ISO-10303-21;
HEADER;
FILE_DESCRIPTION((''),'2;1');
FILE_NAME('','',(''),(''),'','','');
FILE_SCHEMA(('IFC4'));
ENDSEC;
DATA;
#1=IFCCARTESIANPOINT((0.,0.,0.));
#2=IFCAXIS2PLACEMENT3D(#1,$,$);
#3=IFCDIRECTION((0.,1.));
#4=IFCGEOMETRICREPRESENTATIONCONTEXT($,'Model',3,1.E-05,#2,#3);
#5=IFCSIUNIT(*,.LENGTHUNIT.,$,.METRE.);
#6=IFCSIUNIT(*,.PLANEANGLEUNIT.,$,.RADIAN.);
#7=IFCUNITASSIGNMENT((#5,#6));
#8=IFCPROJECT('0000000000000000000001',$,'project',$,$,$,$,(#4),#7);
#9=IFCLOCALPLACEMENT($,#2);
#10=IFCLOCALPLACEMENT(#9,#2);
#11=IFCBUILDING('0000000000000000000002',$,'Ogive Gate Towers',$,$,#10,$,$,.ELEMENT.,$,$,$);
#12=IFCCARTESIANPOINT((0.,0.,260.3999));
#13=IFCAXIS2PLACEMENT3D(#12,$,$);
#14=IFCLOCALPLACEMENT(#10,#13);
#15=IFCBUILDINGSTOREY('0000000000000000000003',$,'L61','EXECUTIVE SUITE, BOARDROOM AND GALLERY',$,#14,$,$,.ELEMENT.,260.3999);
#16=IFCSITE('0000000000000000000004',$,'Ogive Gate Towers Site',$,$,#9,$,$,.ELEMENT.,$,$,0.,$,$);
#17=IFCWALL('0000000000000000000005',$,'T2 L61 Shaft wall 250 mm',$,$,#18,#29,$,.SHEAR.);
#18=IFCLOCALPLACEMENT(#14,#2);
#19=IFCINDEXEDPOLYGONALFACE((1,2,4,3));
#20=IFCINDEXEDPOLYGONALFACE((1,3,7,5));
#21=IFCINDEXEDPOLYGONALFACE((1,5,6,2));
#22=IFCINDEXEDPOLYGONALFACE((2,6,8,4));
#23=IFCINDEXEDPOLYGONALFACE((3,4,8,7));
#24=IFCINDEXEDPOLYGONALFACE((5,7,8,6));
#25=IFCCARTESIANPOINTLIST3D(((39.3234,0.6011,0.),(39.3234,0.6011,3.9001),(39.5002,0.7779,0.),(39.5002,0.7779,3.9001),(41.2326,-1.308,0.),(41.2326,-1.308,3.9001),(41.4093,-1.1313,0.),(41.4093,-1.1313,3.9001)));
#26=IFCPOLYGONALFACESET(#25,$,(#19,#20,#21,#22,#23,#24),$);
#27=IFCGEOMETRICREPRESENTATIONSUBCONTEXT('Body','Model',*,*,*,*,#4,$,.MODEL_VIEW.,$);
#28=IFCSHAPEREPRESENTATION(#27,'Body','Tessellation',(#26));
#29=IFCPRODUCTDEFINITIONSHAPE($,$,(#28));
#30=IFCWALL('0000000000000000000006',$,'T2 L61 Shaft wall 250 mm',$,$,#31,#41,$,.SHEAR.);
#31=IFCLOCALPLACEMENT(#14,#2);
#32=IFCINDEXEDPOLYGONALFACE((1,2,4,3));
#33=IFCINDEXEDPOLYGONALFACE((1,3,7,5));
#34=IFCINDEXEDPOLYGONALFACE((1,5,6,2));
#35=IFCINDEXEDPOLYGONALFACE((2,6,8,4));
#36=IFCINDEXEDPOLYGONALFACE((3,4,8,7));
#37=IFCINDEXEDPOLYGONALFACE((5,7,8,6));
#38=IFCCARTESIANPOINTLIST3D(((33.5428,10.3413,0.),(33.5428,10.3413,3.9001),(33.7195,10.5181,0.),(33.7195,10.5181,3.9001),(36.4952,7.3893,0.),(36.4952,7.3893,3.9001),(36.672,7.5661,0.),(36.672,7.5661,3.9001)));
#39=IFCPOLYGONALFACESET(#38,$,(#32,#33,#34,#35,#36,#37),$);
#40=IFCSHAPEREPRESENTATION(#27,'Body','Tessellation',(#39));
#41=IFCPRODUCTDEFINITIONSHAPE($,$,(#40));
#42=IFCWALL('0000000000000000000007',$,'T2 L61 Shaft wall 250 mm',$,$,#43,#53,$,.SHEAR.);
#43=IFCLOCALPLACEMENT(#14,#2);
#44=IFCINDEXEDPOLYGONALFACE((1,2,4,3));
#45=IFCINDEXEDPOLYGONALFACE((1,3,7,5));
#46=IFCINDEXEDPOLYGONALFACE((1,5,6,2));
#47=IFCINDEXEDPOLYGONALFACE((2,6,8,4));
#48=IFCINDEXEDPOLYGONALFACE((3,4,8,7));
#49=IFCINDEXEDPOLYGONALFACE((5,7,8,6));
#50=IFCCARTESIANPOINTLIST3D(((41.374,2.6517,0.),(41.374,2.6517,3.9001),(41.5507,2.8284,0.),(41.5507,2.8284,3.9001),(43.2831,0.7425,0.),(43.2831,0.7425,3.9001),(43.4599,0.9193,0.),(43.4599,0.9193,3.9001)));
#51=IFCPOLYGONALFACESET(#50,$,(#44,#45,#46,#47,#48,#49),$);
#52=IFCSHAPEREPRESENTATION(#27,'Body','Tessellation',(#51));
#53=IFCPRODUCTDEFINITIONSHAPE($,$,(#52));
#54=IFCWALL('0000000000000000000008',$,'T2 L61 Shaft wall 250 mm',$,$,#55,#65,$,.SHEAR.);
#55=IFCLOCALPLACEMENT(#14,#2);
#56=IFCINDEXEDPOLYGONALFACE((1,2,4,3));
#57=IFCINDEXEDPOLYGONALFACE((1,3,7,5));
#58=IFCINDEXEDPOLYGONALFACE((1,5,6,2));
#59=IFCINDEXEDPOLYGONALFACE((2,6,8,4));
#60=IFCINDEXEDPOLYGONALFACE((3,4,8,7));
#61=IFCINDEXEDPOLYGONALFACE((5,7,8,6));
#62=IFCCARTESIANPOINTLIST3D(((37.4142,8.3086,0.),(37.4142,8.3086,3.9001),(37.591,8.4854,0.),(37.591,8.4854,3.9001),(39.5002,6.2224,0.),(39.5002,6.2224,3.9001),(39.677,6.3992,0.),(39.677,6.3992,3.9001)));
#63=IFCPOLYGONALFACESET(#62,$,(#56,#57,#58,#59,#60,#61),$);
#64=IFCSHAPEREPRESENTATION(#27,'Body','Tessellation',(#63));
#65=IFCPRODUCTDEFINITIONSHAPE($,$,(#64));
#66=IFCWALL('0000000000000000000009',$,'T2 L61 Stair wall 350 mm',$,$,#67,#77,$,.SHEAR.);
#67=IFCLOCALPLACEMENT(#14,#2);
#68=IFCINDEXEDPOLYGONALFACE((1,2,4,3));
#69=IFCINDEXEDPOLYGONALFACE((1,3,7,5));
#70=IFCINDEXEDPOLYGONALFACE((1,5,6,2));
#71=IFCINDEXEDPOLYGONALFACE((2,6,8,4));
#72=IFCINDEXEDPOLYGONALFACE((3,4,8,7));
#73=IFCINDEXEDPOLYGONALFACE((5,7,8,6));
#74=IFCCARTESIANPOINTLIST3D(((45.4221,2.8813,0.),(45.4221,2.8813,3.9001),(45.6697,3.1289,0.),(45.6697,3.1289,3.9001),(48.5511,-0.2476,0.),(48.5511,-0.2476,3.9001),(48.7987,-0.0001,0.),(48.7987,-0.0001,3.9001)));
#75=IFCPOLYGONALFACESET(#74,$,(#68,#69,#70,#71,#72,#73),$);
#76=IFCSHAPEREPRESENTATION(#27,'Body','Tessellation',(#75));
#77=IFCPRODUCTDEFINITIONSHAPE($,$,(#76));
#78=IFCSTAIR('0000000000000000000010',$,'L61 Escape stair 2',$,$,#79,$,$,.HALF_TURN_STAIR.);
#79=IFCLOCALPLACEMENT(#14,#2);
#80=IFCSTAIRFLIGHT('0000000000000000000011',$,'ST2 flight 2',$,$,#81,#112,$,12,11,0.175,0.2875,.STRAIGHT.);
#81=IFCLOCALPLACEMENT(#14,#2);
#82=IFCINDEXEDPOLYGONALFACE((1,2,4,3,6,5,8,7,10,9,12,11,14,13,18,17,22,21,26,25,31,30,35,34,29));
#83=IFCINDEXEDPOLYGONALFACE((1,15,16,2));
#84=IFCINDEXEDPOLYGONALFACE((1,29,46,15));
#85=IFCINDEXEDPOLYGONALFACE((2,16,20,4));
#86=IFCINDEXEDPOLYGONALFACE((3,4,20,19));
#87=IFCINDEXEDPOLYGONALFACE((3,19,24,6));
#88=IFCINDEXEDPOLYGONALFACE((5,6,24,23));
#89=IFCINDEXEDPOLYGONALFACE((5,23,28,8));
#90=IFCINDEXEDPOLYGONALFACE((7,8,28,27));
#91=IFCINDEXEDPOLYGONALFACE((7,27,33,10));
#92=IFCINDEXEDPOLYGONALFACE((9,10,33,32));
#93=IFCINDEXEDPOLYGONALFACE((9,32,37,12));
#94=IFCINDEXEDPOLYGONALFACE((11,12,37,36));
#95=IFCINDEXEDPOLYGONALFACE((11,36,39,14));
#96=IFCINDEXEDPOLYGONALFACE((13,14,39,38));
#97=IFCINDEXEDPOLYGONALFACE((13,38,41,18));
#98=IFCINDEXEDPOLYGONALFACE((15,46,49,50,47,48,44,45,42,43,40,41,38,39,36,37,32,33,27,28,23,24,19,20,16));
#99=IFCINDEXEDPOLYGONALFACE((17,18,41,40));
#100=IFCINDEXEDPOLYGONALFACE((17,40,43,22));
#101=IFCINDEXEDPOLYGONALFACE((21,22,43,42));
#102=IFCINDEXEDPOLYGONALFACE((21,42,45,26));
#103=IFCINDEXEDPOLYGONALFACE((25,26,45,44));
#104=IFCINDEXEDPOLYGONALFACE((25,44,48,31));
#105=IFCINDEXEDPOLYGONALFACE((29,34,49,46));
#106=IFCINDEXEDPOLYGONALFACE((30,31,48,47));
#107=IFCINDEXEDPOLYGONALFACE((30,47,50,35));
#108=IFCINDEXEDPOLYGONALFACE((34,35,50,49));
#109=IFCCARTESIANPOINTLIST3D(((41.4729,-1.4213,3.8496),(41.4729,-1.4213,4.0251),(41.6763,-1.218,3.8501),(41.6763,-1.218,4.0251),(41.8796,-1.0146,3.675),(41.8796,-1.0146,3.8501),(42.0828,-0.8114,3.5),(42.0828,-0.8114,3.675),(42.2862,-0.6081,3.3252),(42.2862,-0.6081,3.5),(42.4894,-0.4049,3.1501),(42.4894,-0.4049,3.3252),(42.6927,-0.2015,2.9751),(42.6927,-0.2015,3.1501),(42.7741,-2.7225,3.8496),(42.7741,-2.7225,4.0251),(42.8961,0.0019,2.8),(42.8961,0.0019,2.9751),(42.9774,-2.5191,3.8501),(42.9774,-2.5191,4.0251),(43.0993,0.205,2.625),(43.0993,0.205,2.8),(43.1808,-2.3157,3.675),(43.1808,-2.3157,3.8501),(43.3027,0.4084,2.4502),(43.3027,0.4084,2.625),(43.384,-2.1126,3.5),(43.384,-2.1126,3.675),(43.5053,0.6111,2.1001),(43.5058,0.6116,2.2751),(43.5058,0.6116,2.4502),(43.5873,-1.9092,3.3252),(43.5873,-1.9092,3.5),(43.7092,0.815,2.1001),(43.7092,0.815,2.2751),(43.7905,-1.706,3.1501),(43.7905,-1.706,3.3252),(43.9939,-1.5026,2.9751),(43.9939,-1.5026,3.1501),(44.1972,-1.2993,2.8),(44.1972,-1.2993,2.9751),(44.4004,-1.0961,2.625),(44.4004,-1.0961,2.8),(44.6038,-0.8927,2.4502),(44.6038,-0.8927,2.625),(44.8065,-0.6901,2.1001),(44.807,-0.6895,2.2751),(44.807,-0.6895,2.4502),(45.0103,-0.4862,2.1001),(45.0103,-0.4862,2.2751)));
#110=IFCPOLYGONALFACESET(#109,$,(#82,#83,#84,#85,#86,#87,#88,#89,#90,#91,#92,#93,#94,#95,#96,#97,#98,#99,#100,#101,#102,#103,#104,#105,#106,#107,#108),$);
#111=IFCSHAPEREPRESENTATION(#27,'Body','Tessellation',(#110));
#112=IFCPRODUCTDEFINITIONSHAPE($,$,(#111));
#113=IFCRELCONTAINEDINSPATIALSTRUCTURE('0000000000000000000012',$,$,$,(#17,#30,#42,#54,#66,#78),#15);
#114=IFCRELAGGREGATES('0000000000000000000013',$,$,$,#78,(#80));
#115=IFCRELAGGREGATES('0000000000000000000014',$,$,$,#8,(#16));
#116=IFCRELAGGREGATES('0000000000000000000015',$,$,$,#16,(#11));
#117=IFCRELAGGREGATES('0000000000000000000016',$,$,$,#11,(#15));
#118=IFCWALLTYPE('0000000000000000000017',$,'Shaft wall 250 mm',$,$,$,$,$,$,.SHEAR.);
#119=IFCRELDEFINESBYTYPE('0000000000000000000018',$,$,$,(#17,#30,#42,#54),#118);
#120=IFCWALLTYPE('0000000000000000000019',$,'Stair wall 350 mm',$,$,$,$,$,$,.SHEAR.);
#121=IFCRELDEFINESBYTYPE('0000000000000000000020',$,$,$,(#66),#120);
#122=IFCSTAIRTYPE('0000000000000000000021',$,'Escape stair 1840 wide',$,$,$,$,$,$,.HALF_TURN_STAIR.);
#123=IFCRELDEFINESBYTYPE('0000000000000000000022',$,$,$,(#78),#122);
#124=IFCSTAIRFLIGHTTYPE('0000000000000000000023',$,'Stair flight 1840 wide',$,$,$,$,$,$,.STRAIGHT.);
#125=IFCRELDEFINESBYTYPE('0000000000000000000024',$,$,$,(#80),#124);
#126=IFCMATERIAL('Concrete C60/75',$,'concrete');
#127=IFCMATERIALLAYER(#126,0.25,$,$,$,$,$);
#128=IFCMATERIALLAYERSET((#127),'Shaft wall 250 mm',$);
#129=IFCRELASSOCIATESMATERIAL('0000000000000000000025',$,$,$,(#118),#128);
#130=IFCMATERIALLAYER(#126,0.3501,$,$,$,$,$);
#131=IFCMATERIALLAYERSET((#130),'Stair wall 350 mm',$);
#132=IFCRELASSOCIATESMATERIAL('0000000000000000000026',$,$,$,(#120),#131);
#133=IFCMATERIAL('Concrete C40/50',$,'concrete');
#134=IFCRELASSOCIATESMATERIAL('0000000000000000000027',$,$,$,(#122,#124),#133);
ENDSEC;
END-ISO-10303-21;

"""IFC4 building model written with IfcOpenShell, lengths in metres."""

from ifc_helpers import new_model, si_unit, direction, frame, frame_2d, origin, place, context, subcontext, project, spatial, polyline, rectangle, outline, extrude, material, layer, layer_set, type_object, element, aggregate, save


model = new_model("IFC4")

# Units and contexts
model_context = context("Model", 3, precision=1e-05, world=origin(), true_north=direction((0.0, 1.0)))
body_context = subcontext(model_context, "Body", "Model", "MODEL_VIEW")
ifc_project = project(units=[si_unit("LENGTHUNIT", "METRE"), si_unit("PLANEANGLEUNIT", "RADIAN")], contexts=[model_context])

# Site, building, storey
site_placement = place(None, origin())
site = spatial("IfcSite", under=ifc_project, at=site_placement, Name="Ogive Gate Towers Site", CompositionType="ELEMENT", RefElevation=0.0)
building_placement = place(site_placement, origin())
building = spatial("IfcBuilding", under=site, at=building_placement, Name="Ogive Gate Towers", CompositionType="ELEMENT")
storey_placement = place(building_placement, frame((0.0, 0.0, 260.3999)))
storey = spatial("IfcBuildingStorey", under=building, at=storey_placement, Name="L61", Description="EXECUTIVE SUITE, BOARDROOM AND GALLERY", CompositionType="ELEMENT", Elevation=260.3999)

# Shared definitions
ifc_material_1 = material(Name="Concrete C40/50", Category="concrete")

# Shared definitions
ifc_material_2 = material(Name="Concrete C60/75", Category="concrete")

# Walls
ifc_layer_1 = layer(ifc_material_2, 0.25)
ifc_layer_set_1 = layer_set([ifc_layer_1], Name="Shaft wall 250 mm")
wall_type_1 = type_object("IfcWallType", Name="Shaft wall 250 mm", PredefinedType="SHEAR", material=ifc_layer_set_1)
wall_1_placement = place(storey_placement, frame((41.321, -1.2197, 0.0), z_axis=(0.0, 0.0, 1.0), x_axis=(-0.707107, 0.707107, 0.0)))
element("IfcWall", 1, at=wall_1_placement, inside=storey, type_object=wall_type_1, Name="T2 L61 Shaft wall 250 mm", PredefinedType="SHEAR", context=body_context, shape_type="SweptSolid", body=[
    extrude(rectangle(XDim=2.7, YDim=0.25, at=frame_2d((1.3501, 0.0))), origin(), (0.0, 0.0, 1.0), 3.9001),
])
wall_2_placement = place(storey_placement, frame((36.5835, 7.4778, 0.0), z_axis=(0.0, 0.0, 1.0), x_axis=(-0.707165, 0.707048, 0.0)))
element("IfcWall", 2, at=wall_2_placement, inside=storey, type_object=wall_type_1, Name="T2 L61 Shaft wall 250 mm", PredefinedType="SHEAR", context=body_context, shape_type="SweptSolid", body=[
    extrude(rectangle(XDim=4.175, YDim=0.25, at=frame_2d((2.0874, 0.0))), origin(), (0.0, 0.0, 1.0), 3.9001),
])
wall_3_placement = place(storey_placement, frame((43.3716, 0.8308, 0.0), z_axis=(0.0, 0.0, 1.0), x_axis=(-0.707107, 0.707107, 0.0)))
element("IfcWall", 3, at=wall_3_placement, inside=storey, type_object=wall_type_1, Name="T2 L61 Shaft wall 250 mm", PredefinedType="SHEAR", context=body_context, shape_type="SweptSolid", body=[
    extrude(rectangle(XDim=2.7, YDim=0.25, at=frame_2d((1.3501, 0.0))), origin(), (0.0, 0.0, 1.0), 3.9001),
])
wall_4_placement = place(storey_placement, frame((39.5886, 6.3108, 0.0), z_axis=(0.0, 0.0, 1.0), x_axis=(-0.707065, 0.707148, 0.0)))
element("IfcWall", 4, at=wall_4_placement, inside=storey, type_object=wall_type_1, Name="T2 L61 Shaft wall 250 mm", PredefinedType="SHEAR", context=body_context, shape_type="SweptSolid", body=[
    extrude(rectangle(XDim=2.9502, YDim=0.25, at=frame_2d((1.4751, 0.0))), origin(), (0.0, 0.0, 1.0), 3.9001),
])
ifc_layer_2 = layer(ifc_material_2, 0.3501)
ifc_layer_set_2 = layer_set([ifc_layer_2], Name="Stair wall 350 mm")
wall_type_2 = type_object("IfcWallType", Name="Stair wall 350 mm", PredefinedType="SHEAR", material=ifc_layer_set_2)
wall_5_placement = place(storey_placement, frame((48.6748, -0.1238, 0.0), z_axis=(0.0, 0.0, 1.0), x_axis=(-0.707107, 0.707107, 0.0)))
element("IfcWall", 5, at=wall_5_placement, inside=storey, type_object=wall_type_2, Name="T2 L61 Stair wall 350 mm", PredefinedType="SHEAR", context=body_context, shape_type="SweptSolid", body=[
    extrude(rectangle(XDim=4.425, YDim=0.3501, at=frame_2d((2.2124, 0.0))), origin(), (0.0, 0.0, 1.0), 3.9001),
])

# Stair, stair flight
stair_type = type_object("IfcStairType", Name="Escape stair 1840 wide", PredefinedType="HALF_TURN_STAIR", material=ifc_material_1)
stair_placement = place(storey_placement, origin())
stair = element("IfcStair", 6, at=stair_placement, inside=storey, type_object=stair_type, Name="L61 Escape stair 2", PredefinedType="HALF_TURN_STAIR")
stair_flight_type = type_object("IfcStairFlightType", Name="Stair flight 1840 wide", PredefinedType="STRAIGHT", material=ifc_material_1)
stair_flight_placement = place(storey_placement, frame((44.3599, 0.1643, 2.1001), z_axis=(0.0, 0.0, 1.0), x_axis=(-0.707107, -0.707107, 0.0)))
stair_flight = element("IfcStairFlight", 7, at=stair_flight_placement, type_object=stair_flight_type, Name="ST2 flight 2", NumberOfRisers=12, NumberOfTreads=11, PredefinedType="STRAIGHT", RiserHeight=0.175, TreadLength=0.2875, context=body_context, shape_type="SweptSolid", body=[
    extrude(outline(polyline([(0.0, 0.0), (0.0, 0.175), (0.2876, 0.175), (0.2876, 0.3501), (0.575, 0.3501), (0.575, 0.5249), (0.8625, 0.5249), (0.8625, 0.7), (1.1499, 0.7), (1.1499, 0.875), (1.4375, 0.875), (1.4375, 1.05), (1.7251, 1.05), (1.7251, 1.2251), (2.0125, 1.2251), (2.0125, 1.3999), (2.3, 1.3999), (2.3, 1.575), (2.5874, 1.575), (2.5874, 1.75), (2.875, 1.75), (2.875, 1.925), (3.1626, 1.925), (3.1626, 2.1001), (3.1626, 1.7495), (0.2883, 0.0), (0.0, 0.0)])), frame((0.0, 0.9199, 0.0), z_axis=(0.0, -1.0, 0.0), x_axis=(1.0, 0.0, 0.0)), (0.0, 0.0, 1.0), 1.8401),
])
aggregate(stair, [stair_flight])

save(model, "model.ifc")
